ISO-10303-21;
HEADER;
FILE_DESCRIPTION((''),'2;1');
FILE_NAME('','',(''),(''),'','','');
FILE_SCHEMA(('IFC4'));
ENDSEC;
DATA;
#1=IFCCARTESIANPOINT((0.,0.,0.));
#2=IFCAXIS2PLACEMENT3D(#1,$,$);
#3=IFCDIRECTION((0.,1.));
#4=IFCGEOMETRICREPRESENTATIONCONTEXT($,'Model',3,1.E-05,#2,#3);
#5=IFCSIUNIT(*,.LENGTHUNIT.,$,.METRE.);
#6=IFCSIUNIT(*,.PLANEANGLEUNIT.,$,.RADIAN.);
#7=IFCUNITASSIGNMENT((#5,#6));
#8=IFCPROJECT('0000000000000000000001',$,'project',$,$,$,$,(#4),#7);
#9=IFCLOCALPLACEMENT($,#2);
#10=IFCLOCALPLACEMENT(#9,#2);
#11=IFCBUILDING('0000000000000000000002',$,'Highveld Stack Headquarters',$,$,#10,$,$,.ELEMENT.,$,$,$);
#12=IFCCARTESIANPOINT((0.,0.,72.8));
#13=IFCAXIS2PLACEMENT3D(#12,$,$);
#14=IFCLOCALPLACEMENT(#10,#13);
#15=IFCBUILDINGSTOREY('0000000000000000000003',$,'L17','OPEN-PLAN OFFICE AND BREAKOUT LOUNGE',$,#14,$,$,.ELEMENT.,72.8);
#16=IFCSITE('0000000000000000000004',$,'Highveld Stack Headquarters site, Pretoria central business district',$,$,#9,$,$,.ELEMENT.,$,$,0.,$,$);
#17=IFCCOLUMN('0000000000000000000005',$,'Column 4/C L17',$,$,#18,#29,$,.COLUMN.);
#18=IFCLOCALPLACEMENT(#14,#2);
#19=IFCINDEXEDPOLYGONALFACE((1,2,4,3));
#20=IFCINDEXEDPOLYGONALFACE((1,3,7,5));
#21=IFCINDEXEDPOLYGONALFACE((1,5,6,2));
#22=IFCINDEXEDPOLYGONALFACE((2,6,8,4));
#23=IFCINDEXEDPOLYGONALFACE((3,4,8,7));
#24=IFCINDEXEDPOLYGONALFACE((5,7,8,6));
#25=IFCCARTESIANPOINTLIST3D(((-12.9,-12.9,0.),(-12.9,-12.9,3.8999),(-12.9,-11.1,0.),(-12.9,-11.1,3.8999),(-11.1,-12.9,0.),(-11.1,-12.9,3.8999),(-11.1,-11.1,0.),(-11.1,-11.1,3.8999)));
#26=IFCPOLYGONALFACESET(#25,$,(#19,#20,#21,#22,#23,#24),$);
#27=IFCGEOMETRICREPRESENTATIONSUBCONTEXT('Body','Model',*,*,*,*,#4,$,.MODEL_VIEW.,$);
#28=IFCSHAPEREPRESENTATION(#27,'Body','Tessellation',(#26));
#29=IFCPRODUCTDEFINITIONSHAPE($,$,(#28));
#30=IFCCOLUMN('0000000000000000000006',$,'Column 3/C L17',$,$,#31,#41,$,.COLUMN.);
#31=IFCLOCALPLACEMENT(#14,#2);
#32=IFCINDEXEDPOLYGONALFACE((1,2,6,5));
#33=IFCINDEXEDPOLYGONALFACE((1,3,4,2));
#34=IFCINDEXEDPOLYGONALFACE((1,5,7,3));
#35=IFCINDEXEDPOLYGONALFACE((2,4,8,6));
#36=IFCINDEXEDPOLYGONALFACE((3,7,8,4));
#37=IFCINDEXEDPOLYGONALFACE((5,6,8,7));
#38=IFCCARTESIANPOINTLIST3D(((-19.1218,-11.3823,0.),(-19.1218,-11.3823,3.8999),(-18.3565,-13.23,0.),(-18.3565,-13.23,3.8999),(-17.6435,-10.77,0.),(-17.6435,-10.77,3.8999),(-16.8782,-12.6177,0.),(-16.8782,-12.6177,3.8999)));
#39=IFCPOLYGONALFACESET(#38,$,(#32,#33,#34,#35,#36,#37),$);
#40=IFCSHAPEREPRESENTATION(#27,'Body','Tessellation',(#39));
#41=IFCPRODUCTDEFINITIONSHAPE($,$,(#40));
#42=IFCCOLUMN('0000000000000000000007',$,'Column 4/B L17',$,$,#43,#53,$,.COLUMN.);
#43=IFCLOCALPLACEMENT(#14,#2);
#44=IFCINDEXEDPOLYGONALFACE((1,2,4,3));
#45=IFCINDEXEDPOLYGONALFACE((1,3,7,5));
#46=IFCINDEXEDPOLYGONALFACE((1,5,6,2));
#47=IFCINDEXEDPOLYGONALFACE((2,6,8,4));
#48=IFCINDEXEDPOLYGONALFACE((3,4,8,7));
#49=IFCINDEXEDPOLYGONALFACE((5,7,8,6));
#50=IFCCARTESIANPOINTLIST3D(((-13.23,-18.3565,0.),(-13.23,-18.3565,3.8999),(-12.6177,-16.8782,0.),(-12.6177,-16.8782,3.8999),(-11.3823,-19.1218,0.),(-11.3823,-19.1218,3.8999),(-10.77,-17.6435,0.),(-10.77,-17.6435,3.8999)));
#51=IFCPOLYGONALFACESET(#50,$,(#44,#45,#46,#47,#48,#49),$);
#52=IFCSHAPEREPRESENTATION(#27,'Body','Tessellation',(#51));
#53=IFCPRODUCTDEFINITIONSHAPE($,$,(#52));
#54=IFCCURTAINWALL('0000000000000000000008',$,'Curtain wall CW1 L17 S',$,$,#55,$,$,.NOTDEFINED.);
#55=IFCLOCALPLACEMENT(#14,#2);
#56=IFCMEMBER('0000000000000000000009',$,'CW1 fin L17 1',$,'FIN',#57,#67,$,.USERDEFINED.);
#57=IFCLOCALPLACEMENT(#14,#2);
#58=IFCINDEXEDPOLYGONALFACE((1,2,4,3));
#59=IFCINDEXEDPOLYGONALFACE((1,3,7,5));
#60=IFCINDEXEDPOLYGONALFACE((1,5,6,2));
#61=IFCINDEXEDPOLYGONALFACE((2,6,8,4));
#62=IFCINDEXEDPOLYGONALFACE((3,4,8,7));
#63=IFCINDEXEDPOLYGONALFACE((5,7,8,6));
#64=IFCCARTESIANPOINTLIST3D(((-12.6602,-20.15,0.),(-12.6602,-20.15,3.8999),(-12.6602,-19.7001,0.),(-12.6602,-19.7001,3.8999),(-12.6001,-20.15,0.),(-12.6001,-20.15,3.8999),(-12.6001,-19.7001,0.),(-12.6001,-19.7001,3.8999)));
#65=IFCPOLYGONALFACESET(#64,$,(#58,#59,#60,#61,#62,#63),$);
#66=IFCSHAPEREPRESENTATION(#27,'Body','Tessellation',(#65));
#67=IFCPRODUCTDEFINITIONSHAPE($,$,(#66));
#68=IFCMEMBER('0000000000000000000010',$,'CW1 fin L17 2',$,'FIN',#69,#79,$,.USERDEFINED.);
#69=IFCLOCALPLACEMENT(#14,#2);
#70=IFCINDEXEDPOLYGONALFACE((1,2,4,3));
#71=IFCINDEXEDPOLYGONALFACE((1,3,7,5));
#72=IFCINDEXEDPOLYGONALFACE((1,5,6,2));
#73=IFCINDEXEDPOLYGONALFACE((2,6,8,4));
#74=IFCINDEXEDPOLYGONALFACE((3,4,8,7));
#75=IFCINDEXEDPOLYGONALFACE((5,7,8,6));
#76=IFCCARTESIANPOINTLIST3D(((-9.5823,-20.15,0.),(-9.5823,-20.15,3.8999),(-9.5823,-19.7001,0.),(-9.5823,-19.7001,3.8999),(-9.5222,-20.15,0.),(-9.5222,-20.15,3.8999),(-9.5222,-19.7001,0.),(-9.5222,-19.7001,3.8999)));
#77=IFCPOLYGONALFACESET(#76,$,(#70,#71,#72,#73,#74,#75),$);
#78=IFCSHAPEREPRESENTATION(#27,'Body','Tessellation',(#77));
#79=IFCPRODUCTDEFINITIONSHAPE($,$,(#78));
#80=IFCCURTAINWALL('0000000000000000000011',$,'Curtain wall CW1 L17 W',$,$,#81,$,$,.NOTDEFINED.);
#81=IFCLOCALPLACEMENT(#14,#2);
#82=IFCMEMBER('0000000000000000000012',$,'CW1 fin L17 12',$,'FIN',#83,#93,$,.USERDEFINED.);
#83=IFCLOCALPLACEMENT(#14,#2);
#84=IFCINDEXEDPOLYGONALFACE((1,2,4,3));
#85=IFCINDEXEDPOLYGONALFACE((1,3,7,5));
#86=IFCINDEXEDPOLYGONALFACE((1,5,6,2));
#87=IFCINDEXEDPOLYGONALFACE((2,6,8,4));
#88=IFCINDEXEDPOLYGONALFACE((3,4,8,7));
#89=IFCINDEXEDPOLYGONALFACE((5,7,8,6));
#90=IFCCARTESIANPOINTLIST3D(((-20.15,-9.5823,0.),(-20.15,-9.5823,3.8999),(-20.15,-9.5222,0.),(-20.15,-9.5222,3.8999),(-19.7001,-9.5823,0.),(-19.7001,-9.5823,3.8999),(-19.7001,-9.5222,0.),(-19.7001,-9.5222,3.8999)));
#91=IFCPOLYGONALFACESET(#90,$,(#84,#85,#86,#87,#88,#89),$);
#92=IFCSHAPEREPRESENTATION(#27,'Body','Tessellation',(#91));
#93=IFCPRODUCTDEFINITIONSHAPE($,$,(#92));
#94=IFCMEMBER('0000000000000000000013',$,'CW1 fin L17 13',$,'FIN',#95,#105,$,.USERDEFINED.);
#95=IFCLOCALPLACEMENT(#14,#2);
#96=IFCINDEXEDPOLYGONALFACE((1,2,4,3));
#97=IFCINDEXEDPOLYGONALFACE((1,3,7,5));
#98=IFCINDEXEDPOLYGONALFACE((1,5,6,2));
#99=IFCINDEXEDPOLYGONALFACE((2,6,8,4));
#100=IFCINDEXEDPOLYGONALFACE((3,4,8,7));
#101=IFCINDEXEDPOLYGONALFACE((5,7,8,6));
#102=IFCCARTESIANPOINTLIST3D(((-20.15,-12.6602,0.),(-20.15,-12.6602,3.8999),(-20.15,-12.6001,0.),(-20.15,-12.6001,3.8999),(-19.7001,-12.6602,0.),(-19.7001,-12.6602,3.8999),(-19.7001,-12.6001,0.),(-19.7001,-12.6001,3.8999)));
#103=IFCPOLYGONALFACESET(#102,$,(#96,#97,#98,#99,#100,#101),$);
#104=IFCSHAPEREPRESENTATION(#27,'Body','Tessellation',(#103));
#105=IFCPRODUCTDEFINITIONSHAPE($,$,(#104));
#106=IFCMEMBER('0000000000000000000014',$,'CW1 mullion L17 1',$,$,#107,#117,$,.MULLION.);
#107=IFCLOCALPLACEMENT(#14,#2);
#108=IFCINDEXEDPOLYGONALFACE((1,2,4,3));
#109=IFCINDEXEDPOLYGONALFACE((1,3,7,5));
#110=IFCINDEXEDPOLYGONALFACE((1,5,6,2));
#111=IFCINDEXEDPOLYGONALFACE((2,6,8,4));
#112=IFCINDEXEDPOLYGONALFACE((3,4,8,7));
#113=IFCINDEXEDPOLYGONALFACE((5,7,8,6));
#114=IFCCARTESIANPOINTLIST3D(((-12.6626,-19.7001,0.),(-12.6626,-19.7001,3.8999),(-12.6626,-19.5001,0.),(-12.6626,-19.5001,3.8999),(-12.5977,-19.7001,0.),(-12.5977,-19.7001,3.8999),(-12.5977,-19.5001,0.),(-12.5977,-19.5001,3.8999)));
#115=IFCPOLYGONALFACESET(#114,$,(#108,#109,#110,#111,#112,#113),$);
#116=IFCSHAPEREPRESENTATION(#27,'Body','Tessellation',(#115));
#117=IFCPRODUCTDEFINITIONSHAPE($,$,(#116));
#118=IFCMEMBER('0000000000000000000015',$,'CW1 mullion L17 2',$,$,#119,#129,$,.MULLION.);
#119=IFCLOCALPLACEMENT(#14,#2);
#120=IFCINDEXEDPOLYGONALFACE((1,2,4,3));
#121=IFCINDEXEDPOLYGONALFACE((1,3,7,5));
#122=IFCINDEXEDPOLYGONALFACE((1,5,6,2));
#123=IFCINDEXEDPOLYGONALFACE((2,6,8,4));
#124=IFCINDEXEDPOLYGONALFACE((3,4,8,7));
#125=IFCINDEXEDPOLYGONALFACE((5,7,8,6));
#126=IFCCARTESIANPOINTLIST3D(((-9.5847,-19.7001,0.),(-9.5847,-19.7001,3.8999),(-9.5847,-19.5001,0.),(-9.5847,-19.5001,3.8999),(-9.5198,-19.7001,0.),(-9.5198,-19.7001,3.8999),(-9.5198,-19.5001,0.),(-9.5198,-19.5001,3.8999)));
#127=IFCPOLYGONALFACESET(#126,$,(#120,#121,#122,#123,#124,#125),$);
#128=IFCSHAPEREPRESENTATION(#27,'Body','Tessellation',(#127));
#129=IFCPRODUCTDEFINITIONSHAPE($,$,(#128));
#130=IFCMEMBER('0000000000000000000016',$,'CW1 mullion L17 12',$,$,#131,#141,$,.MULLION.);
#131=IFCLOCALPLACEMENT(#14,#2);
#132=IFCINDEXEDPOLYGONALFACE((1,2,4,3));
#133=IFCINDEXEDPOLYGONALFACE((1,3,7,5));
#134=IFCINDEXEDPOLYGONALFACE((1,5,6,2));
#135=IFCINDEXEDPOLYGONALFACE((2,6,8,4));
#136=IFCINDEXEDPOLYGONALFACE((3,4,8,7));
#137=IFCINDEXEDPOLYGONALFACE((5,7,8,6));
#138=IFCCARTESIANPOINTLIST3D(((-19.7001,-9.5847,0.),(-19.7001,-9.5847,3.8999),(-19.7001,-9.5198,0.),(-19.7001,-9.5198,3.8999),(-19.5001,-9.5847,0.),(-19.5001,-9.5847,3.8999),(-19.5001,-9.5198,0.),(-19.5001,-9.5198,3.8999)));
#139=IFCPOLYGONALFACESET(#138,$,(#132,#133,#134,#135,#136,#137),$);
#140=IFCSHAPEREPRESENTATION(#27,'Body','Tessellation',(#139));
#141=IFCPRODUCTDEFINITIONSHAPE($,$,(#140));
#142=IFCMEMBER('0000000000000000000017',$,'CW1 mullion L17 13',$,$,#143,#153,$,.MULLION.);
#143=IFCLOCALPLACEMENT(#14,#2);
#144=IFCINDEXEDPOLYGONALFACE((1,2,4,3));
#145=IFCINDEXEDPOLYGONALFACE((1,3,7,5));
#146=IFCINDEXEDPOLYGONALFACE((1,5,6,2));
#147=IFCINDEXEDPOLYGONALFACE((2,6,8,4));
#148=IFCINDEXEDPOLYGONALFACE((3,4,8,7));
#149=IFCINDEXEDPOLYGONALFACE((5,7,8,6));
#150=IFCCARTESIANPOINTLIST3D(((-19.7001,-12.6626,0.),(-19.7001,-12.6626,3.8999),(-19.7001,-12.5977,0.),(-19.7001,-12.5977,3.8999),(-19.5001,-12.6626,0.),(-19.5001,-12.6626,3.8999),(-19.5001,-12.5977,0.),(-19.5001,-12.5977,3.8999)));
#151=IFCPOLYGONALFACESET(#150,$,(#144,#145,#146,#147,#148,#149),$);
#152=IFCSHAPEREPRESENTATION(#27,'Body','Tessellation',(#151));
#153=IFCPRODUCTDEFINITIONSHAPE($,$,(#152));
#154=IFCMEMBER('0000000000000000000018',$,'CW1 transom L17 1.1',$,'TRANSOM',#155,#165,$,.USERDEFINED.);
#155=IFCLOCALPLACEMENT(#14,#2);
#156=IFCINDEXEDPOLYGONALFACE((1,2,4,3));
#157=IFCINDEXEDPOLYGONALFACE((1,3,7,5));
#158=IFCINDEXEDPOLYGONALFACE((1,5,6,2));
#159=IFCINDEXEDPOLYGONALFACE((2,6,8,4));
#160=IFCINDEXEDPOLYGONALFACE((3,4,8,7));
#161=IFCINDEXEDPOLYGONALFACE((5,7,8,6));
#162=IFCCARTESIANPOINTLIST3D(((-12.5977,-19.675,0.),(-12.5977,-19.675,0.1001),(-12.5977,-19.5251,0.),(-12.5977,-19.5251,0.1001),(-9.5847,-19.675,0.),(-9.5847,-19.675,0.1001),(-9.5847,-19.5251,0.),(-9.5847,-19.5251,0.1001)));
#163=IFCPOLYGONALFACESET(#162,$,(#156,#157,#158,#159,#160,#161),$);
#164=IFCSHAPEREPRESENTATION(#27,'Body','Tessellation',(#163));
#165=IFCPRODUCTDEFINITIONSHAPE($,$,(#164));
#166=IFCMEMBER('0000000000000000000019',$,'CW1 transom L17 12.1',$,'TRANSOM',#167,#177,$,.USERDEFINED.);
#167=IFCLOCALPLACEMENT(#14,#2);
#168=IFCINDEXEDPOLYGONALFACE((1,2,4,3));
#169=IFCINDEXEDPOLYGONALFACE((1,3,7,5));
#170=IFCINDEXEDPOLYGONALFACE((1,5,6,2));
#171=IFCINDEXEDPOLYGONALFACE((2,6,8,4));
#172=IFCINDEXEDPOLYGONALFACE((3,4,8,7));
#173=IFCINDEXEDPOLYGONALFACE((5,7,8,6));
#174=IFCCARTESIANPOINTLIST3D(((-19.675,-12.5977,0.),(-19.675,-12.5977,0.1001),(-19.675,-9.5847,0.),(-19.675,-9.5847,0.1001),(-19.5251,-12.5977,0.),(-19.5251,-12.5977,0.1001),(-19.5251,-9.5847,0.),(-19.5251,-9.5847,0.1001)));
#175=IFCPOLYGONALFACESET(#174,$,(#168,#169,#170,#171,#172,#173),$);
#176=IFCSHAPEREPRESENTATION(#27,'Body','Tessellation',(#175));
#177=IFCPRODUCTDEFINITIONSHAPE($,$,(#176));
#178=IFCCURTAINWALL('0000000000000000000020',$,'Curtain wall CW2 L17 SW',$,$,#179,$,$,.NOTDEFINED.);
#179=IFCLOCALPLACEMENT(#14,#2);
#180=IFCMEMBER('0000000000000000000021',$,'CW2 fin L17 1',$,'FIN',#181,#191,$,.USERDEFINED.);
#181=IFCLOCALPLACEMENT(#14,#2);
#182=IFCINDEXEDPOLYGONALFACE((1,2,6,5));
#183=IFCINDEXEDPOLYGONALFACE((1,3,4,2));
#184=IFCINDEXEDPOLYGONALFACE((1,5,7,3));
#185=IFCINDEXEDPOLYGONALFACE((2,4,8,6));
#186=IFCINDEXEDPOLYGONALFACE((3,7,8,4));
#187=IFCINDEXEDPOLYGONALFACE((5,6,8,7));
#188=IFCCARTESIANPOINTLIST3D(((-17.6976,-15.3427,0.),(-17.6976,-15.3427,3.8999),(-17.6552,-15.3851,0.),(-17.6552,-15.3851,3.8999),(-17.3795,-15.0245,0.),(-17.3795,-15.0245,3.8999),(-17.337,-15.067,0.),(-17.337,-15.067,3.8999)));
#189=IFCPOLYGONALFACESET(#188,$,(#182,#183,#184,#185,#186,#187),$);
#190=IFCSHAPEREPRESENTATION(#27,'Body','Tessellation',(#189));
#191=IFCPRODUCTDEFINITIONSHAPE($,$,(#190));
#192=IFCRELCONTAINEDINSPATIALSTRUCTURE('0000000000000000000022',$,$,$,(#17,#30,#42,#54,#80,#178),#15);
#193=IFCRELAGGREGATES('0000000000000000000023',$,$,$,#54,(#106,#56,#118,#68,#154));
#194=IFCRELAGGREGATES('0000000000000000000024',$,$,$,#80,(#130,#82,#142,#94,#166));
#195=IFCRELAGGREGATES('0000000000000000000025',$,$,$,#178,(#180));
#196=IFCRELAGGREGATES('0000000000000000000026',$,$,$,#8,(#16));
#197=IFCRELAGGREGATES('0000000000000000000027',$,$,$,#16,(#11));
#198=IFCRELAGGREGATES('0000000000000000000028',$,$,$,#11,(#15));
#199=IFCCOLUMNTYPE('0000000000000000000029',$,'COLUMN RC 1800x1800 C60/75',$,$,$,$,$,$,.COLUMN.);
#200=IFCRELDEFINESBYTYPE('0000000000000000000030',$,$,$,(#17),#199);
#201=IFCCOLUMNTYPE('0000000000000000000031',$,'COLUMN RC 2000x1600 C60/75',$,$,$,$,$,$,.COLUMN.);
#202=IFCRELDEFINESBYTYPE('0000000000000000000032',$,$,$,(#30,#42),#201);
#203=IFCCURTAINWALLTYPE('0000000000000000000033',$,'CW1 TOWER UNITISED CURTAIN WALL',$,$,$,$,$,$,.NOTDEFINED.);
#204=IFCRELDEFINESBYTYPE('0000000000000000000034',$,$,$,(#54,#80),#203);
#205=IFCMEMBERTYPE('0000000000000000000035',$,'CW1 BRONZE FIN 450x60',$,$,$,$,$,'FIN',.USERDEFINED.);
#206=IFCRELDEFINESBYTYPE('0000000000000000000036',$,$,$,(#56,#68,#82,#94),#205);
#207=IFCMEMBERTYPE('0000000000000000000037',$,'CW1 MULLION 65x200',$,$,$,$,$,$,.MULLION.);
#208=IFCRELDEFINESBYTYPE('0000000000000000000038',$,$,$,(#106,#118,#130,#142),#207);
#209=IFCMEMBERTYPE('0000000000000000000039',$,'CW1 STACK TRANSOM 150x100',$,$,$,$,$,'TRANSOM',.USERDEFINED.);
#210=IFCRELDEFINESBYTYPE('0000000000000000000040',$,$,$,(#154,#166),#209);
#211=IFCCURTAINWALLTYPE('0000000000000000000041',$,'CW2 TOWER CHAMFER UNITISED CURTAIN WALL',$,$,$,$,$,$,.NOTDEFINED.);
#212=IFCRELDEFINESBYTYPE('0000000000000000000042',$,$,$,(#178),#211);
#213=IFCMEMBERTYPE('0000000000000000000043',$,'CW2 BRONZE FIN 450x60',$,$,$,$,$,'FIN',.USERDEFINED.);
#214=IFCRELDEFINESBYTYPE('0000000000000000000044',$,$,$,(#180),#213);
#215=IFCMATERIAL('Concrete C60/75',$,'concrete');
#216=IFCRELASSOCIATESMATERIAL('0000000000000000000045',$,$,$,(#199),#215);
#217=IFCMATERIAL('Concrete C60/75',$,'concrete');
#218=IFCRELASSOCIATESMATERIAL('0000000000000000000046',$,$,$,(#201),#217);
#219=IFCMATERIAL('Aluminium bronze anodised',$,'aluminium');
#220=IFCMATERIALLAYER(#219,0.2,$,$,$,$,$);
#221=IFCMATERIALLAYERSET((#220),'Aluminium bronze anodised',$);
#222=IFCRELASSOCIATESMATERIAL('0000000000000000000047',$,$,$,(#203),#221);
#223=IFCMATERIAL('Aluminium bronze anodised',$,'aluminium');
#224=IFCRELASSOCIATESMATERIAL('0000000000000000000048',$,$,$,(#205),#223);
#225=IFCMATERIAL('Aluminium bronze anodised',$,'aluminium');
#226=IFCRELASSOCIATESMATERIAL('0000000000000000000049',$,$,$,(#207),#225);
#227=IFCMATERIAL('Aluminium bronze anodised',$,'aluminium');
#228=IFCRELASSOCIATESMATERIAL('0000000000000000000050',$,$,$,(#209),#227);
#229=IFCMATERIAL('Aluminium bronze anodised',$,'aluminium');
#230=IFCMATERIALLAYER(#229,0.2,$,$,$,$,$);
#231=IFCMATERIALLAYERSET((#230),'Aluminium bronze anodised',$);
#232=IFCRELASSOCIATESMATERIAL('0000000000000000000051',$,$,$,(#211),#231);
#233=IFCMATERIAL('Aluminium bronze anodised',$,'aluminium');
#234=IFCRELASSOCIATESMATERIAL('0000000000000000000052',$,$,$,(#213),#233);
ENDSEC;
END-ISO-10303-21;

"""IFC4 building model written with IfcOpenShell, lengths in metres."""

from ifc_helpers import new_model, si_unit, direction, frame, origin, origin_2d, place, context, subcontext, project, spatial, rectangle, extrude, material, layer, layer_set, material_profile, profile_set, type_object, element, aggregate, save


model = new_model("IFC4")

# Units and contexts
model_context = context("Model", 3, precision=1e-05, world=origin(), true_north=direction((0.0, 1.0)))
body_context = subcontext(model_context, "Body", "Model", "MODEL_VIEW")
ifc_project = project(units=[si_unit("LENGTHUNIT", "METRE"), si_unit("PLANEANGLEUNIT", "RADIAN")], contexts=[model_context])

# Site, building, storey
site_placement = place(None, origin())
site = spatial("IfcSite", under=ifc_project, at=site_placement, Name="Highveld Stack Headquarters site, Pretoria central business district", CompositionType="ELEMENT", RefElevation=0.0)
building_placement = place(site_placement, origin())
building = spatial("IfcBuilding", under=site, at=building_placement, Name="Highveld Stack Headquarters", CompositionType="ELEMENT")
storey_placement = place(building_placement, frame((0.0, 0.0, 72.8)))
storey = spatial("IfcBuildingStorey", under=building, at=storey_placement, Name="L17", Description="OPEN-PLAN OFFICE AND BREAKOUT LOUNGE", CompositionType="ELEMENT", Elevation=72.8)

# Columns
ifc_material_1 = material(Name="Concrete C60/75", Category="concrete")
ifc_material_profile_1 = material_profile(ifc_material_1, rectangle(XDim=1.8, YDim=1.8, at=origin_2d()), Name="RC 1800x1800")
ifc_profile_set_1 = profile_set([ifc_material_profile_1], Name="Concrete C60/75")
column_type_1 = type_object("IfcColumnType", Name="COLUMN RC 1800x1800 C60/75", PredefinedType="COLUMN", material=ifc_profile_set_1)
column_placement = place(storey_placement, frame((-12.0, -12.0, 0.0), z_axis=(0.0, 0.0, 1.0), x_axis=(1.0, 0.0, 0.0)))
element("IfcColumn", 1, at=column_placement, inside=storey, type_object=column_type_1, Name="Column 4/C L17", PredefinedType="COLUMN", context=body_context, shape_type="SweptSolid", body=[
    extrude(rectangle(XDim=1.8, YDim=1.8, at=origin_2d()), origin(), (0.0, 0.0, 1.0), 3.8999),
])
ifc_material_2 = material(Name="Concrete C60/75", Category="concrete")
ifc_material_profile_2 = material_profile(ifc_material_2, rectangle(XDim=2.0, YDim=1.6001, at=origin_2d()), Name="RC 2000x1600")
ifc_profile_set_2 = profile_set([ifc_material_profile_2], Name="Concrete C60/75")
column_type_2 = type_object("IfcColumnType", Name="COLUMN RC 2000x1600 C60/75", PredefinedType="COLUMN", material=ifc_profile_set_2)
for number, where, z_axis, x_axis, name in (
    (2, (-18.0, -12.0, 0.0), (0.0, 0.0, 1.0), (-0.382683, 0.92388, 0.0), "Column 3/C L17"),
    (3, (-12.0, -18.0, 0.0), (0.0, 0.0, 1.0), (-0.92388, 0.382683, 0.0), "Column 4/B L17"),
):
    element("IfcColumn", number, at=place(storey_placement, frame(where, z_axis=z_axis, x_axis=x_axis)), inside=storey, type_object=column_type_2, Name=name, PredefinedType="COLUMN", context=body_context, shape_type="SweptSolid", body=[
        extrude(rectangle(XDim=2.0, YDim=1.6001, at=origin_2d()), origin(), (0.0, 0.0, 1.0), 3.8999),
    ])

# Curtain walls, members
ifc_material_3 = material(Name="Aluminium bronze anodised", Category="aluminium")
ifc_layer_1 = layer(ifc_material_3, 0.2)
ifc_layer_set_1 = layer_set([ifc_layer_1], Name="Aluminium bronze anodised")
curtain_wall_type_1 = type_object("IfcCurtainWallType", Name="CW1 TOWER UNITISED CURTAIN WALL", PredefinedType="NOTDEFINED", material=ifc_layer_set_1)
curtain_wall_1_placement = place(storey_placement, origin())
curtain_wall_1 = element("IfcCurtainWall", 4, at=curtain_wall_1_placement, inside=storey, type_object=curtain_wall_type_1, Name="Curtain wall CW1 L17 S", PredefinedType="NOTDEFINED")
ifc_material_4 = material(Name="Aluminium bronze anodised", Category="aluminium")
ifc_material_profile_3 = material_profile(ifc_material_4, rectangle(XDim=0.45, YDim=0.0601, at=origin_2d()), Name="FIN 450x60")
ifc_profile_set_3 = profile_set([ifc_material_profile_3], Name="Aluminium bronze anodised")
member_type_1 = type_object("IfcMemberType", Name="CW1 BRONZE FIN 450x60", ElementType="FIN", PredefinedType="USERDEFINED", material=ifc_profile_set_3)
member_1_placement = place(storey_placement, frame((-12.6301, -19.925, 0.0), z_axis=(0.0, 0.0, 1.0), x_axis=(0.0, 1.0, 0.0)))
member_1 = element("IfcMember", 5, at=member_1_placement, type_object=member_type_1, Name="CW1 fin L17 1", ObjectType="FIN", PredefinedType="USERDEFINED", context=body_context, shape_type="SweptSolid", body=[
    extrude(rectangle(XDim=0.45, YDim=0.0601, at=origin_2d()), origin(), (0.0, 0.0, 1.0), 3.8999),
])
member_2_placement = place(storey_placement, frame((-9.5522, -19.925, 0.0), z_axis=(0.0, 0.0, 1.0), x_axis=(0.0, 1.0, 0.0)))
member_2 = element("IfcMember", 6, at=member_2_placement, type_object=member_type_1, Name="CW1 fin L17 2", ObjectType="FIN", PredefinedType="USERDEFINED", context=body_context, shape_type="SweptSolid", body=[
    extrude(rectangle(XDim=0.45, YDim=0.0601, at=origin_2d()), origin(), (0.0, 0.0, 1.0), 3.8999),
])
curtain_wall_2_placement = place(storey_placement, origin())
curtain_wall_2 = element("IfcCurtainWall", 7, at=curtain_wall_2_placement, inside=storey, type_object=curtain_wall_type_1, Name="Curtain wall CW1 L17 W", PredefinedType="NOTDEFINED")
member_3_placement = place(storey_placement, frame((-19.925, -9.5522, 0.0), z_axis=(0.0, 0.0, 1.0), x_axis=(1.0, 0.0, 0.0)))
member_3 = element("IfcMember", 8, at=member_3_placement, type_object=member_type_1, Name="CW1 fin L17 12", ObjectType="FIN", PredefinedType="USERDEFINED", context=body_context, shape_type="SweptSolid", body=[
    extrude(rectangle(XDim=0.45, YDim=0.0601, at=origin_2d()), origin(), (0.0, 0.0, 1.0), 3.8999),
])
member_4_placement = place(storey_placement, frame((-19.925, -12.6301, 0.0), z_axis=(0.0, 0.0, 1.0), x_axis=(1.0, 0.0, 0.0)))
member_4 = element("IfcMember", 9, at=member_4_placement, type_object=member_type_1, Name="CW1 fin L17 13", ObjectType="FIN", PredefinedType="USERDEFINED", context=body_context, shape_type="SweptSolid", body=[
    extrude(rectangle(XDim=0.45, YDim=0.0601, at=origin_2d()), origin(), (0.0, 0.0, 1.0), 3.8999),
])

# Members
ifc_material_5 = material(Name="Aluminium bronze anodised", Category="aluminium")
ifc_material_profile_4 = material_profile(ifc_material_5, rectangle(XDim=0.2, YDim=0.0649, at=origin_2d()), Name="CW1 MULLION 65x200")
ifc_profile_set_4 = profile_set([ifc_material_profile_4], Name="Aluminium bronze anodised")
member_type_2 = type_object("IfcMemberType", Name="CW1 MULLION 65x200", PredefinedType="MULLION", material=ifc_profile_set_4)
member_5_placement = place(storey_placement, frame((-12.6301, -19.6001, 0.0), z_axis=(0.0, 0.0, 1.0), x_axis=(0.0, 1.0, 0.0)))
member_5 = element("IfcMember", 10, at=member_5_placement, type_object=member_type_2, Name="CW1 mullion L17 1", PredefinedType="MULLION", context=body_context, shape_type="SweptSolid", body=[
    extrude(rectangle(XDim=0.2, YDim=0.0649, at=origin_2d()), origin(), (0.0, 0.0, 1.0), 3.8999),
])
member_6_placement = place(storey_placement, frame((-9.5522, -19.6001, 0.0), z_axis=(0.0, 0.0, 1.0), x_axis=(0.0, 1.0, 0.0)))
member_6 = element("IfcMember", 11, at=member_6_placement, type_object=member_type_2, Name="CW1 mullion L17 2", PredefinedType="MULLION", context=body_context, shape_type="SweptSolid", body=[
    extrude(rectangle(XDim=0.2, YDim=0.0649, at=origin_2d()), origin(), (0.0, 0.0, 1.0), 3.8999),
])
member_7_placement = place(storey_placement, frame((-19.6001, -9.5522, 0.0), z_axis=(0.0, 0.0, 1.0), x_axis=(1.0, 0.0, 0.0)))
member_7 = element("IfcMember", 12, at=member_7_placement, type_object=member_type_2, Name="CW1 mullion L17 12", PredefinedType="MULLION", context=body_context, shape_type="SweptSolid", body=[
    extrude(rectangle(XDim=0.2, YDim=0.0649, at=origin_2d()), origin(), (0.0, 0.0, 1.0), 3.8999),
])
member_8_placement = place(storey_placement, frame((-19.6001, -12.6301, 0.0), z_axis=(0.0, 0.0, 1.0), x_axis=(1.0, 0.0, 0.0)))
member_8 = element("IfcMember", 13, at=member_8_placement, type_object=member_type_2, Name="CW1 mullion L17 13", PredefinedType="MULLION", context=body_context, shape_type="SweptSolid", body=[
    extrude(rectangle(XDim=0.2, YDim=0.0649, at=origin_2d()), origin(), (0.0, 0.0, 1.0), 3.8999),
])
ifc_material_6 = material(Name="Aluminium bronze anodised", Category="aluminium")
ifc_material_profile_5 = material_profile(ifc_material_6, rectangle(XDim=0.1499, YDim=0.1001, at=origin_2d()), Name="CW1 TRANSOM 150x100")
ifc_profile_set_5 = profile_set([ifc_material_profile_5], Name="Aluminium bronze anodised")
member_type_3 = type_object("IfcMemberType", Name="CW1 STACK TRANSOM 150x100", ElementType="TRANSOM", PredefinedType="USERDEFINED", material=ifc_profile_set_5)
member_9_placement = place(storey_placement, frame((-12.5977, -19.6001, 0.05), z_axis=(1.0, 0.0, 0.0), x_axis=(0.0, 1.0, 0.0)))
member_9 = element("IfcMember", 14, at=member_9_placement, type_object=member_type_3, Name="CW1 transom L17 1.1", ObjectType="TRANSOM", PredefinedType="USERDEFINED", context=body_context, shape_type="SweptSolid", body=[
    extrude(rectangle(XDim=0.1499, YDim=0.1001, at=origin_2d()), origin(), (0.0, 0.0, 1.0), 3.0129),
])
member_10_placement = place(storey_placement, frame((-19.6001, -9.5847, 0.05), z_axis=(0.0, -1.0, 0.0), x_axis=(1.0, 0.0, 0.0)))
member_10 = element("IfcMember", 15, at=member_10_placement, type_object=member_type_3, Name="CW1 transom L17 12.1", ObjectType="TRANSOM", PredefinedType="USERDEFINED", context=body_context, shape_type="SweptSolid", body=[
    extrude(rectangle(XDim=0.1499, YDim=0.1001, at=origin_2d()), origin(), (0.0, 0.0, 1.0), 3.0129),
])

# Curtain wall, member
ifc_material_7 = material(Name="Aluminium bronze anodised", Category="aluminium")
ifc_layer_2 = layer(ifc_material_7, 0.2)
ifc_layer_set_2 = layer_set([ifc_layer_2], Name="Aluminium bronze anodised")
curtain_wall_type_2 = type_object("IfcCurtainWallType", Name="CW2 TOWER CHAMFER UNITISED CURTAIN WALL", PredefinedType="NOTDEFINED", material=ifc_layer_set_2)
curtain_wall_3_placement = place(storey_placement, origin())
curtain_wall_3 = element("IfcCurtainWall", 16, at=curtain_wall_3_placement, inside=storey, type_object=curtain_wall_type_2, Name="Curtain wall CW2 L17 SW", PredefinedType="NOTDEFINED")
ifc_material_8 = material(Name="Aluminium bronze anodised", Category="aluminium")
ifc_material_profile_6 = material_profile(ifc_material_8, rectangle(XDim=0.45, YDim=0.0601, at=origin_2d()), Name="FIN 450x60")
ifc_profile_set_6 = profile_set([ifc_material_profile_6], Name="Aluminium bronze anodised")
member_type_4 = type_object("IfcMemberType", Name="CW2 BRONZE FIN 450x60", ElementType="FIN", PredefinedType="USERDEFINED", material=ifc_profile_set_6)
member_11_placement = place(storey_placement, frame((-17.5173, -15.2048, 0.0), z_axis=(0.0, 0.0, 1.0), x_axis=(0.707107, 0.707107, 0.0)))
member_11 = element("IfcMember", 17, at=member_11_placement, type_object=member_type_4, Name="CW2 fin L17 1", ObjectType="FIN", PredefinedType="USERDEFINED", context=body_context, shape_type="SweptSolid", body=[
    extrude(rectangle(XDim=0.45, YDim=0.0601, at=origin_2d()), origin(), (0.0, 0.0, 1.0), 3.8999),
])

aggregate(curtain_wall_1, [member_5, member_1, member_6, member_2, member_9])
aggregate(curtain_wall_2, [member_7, member_3, member_8, member_4, member_10])
aggregate(curtain_wall_3, [member_11])

save(model, "model.ifc")
